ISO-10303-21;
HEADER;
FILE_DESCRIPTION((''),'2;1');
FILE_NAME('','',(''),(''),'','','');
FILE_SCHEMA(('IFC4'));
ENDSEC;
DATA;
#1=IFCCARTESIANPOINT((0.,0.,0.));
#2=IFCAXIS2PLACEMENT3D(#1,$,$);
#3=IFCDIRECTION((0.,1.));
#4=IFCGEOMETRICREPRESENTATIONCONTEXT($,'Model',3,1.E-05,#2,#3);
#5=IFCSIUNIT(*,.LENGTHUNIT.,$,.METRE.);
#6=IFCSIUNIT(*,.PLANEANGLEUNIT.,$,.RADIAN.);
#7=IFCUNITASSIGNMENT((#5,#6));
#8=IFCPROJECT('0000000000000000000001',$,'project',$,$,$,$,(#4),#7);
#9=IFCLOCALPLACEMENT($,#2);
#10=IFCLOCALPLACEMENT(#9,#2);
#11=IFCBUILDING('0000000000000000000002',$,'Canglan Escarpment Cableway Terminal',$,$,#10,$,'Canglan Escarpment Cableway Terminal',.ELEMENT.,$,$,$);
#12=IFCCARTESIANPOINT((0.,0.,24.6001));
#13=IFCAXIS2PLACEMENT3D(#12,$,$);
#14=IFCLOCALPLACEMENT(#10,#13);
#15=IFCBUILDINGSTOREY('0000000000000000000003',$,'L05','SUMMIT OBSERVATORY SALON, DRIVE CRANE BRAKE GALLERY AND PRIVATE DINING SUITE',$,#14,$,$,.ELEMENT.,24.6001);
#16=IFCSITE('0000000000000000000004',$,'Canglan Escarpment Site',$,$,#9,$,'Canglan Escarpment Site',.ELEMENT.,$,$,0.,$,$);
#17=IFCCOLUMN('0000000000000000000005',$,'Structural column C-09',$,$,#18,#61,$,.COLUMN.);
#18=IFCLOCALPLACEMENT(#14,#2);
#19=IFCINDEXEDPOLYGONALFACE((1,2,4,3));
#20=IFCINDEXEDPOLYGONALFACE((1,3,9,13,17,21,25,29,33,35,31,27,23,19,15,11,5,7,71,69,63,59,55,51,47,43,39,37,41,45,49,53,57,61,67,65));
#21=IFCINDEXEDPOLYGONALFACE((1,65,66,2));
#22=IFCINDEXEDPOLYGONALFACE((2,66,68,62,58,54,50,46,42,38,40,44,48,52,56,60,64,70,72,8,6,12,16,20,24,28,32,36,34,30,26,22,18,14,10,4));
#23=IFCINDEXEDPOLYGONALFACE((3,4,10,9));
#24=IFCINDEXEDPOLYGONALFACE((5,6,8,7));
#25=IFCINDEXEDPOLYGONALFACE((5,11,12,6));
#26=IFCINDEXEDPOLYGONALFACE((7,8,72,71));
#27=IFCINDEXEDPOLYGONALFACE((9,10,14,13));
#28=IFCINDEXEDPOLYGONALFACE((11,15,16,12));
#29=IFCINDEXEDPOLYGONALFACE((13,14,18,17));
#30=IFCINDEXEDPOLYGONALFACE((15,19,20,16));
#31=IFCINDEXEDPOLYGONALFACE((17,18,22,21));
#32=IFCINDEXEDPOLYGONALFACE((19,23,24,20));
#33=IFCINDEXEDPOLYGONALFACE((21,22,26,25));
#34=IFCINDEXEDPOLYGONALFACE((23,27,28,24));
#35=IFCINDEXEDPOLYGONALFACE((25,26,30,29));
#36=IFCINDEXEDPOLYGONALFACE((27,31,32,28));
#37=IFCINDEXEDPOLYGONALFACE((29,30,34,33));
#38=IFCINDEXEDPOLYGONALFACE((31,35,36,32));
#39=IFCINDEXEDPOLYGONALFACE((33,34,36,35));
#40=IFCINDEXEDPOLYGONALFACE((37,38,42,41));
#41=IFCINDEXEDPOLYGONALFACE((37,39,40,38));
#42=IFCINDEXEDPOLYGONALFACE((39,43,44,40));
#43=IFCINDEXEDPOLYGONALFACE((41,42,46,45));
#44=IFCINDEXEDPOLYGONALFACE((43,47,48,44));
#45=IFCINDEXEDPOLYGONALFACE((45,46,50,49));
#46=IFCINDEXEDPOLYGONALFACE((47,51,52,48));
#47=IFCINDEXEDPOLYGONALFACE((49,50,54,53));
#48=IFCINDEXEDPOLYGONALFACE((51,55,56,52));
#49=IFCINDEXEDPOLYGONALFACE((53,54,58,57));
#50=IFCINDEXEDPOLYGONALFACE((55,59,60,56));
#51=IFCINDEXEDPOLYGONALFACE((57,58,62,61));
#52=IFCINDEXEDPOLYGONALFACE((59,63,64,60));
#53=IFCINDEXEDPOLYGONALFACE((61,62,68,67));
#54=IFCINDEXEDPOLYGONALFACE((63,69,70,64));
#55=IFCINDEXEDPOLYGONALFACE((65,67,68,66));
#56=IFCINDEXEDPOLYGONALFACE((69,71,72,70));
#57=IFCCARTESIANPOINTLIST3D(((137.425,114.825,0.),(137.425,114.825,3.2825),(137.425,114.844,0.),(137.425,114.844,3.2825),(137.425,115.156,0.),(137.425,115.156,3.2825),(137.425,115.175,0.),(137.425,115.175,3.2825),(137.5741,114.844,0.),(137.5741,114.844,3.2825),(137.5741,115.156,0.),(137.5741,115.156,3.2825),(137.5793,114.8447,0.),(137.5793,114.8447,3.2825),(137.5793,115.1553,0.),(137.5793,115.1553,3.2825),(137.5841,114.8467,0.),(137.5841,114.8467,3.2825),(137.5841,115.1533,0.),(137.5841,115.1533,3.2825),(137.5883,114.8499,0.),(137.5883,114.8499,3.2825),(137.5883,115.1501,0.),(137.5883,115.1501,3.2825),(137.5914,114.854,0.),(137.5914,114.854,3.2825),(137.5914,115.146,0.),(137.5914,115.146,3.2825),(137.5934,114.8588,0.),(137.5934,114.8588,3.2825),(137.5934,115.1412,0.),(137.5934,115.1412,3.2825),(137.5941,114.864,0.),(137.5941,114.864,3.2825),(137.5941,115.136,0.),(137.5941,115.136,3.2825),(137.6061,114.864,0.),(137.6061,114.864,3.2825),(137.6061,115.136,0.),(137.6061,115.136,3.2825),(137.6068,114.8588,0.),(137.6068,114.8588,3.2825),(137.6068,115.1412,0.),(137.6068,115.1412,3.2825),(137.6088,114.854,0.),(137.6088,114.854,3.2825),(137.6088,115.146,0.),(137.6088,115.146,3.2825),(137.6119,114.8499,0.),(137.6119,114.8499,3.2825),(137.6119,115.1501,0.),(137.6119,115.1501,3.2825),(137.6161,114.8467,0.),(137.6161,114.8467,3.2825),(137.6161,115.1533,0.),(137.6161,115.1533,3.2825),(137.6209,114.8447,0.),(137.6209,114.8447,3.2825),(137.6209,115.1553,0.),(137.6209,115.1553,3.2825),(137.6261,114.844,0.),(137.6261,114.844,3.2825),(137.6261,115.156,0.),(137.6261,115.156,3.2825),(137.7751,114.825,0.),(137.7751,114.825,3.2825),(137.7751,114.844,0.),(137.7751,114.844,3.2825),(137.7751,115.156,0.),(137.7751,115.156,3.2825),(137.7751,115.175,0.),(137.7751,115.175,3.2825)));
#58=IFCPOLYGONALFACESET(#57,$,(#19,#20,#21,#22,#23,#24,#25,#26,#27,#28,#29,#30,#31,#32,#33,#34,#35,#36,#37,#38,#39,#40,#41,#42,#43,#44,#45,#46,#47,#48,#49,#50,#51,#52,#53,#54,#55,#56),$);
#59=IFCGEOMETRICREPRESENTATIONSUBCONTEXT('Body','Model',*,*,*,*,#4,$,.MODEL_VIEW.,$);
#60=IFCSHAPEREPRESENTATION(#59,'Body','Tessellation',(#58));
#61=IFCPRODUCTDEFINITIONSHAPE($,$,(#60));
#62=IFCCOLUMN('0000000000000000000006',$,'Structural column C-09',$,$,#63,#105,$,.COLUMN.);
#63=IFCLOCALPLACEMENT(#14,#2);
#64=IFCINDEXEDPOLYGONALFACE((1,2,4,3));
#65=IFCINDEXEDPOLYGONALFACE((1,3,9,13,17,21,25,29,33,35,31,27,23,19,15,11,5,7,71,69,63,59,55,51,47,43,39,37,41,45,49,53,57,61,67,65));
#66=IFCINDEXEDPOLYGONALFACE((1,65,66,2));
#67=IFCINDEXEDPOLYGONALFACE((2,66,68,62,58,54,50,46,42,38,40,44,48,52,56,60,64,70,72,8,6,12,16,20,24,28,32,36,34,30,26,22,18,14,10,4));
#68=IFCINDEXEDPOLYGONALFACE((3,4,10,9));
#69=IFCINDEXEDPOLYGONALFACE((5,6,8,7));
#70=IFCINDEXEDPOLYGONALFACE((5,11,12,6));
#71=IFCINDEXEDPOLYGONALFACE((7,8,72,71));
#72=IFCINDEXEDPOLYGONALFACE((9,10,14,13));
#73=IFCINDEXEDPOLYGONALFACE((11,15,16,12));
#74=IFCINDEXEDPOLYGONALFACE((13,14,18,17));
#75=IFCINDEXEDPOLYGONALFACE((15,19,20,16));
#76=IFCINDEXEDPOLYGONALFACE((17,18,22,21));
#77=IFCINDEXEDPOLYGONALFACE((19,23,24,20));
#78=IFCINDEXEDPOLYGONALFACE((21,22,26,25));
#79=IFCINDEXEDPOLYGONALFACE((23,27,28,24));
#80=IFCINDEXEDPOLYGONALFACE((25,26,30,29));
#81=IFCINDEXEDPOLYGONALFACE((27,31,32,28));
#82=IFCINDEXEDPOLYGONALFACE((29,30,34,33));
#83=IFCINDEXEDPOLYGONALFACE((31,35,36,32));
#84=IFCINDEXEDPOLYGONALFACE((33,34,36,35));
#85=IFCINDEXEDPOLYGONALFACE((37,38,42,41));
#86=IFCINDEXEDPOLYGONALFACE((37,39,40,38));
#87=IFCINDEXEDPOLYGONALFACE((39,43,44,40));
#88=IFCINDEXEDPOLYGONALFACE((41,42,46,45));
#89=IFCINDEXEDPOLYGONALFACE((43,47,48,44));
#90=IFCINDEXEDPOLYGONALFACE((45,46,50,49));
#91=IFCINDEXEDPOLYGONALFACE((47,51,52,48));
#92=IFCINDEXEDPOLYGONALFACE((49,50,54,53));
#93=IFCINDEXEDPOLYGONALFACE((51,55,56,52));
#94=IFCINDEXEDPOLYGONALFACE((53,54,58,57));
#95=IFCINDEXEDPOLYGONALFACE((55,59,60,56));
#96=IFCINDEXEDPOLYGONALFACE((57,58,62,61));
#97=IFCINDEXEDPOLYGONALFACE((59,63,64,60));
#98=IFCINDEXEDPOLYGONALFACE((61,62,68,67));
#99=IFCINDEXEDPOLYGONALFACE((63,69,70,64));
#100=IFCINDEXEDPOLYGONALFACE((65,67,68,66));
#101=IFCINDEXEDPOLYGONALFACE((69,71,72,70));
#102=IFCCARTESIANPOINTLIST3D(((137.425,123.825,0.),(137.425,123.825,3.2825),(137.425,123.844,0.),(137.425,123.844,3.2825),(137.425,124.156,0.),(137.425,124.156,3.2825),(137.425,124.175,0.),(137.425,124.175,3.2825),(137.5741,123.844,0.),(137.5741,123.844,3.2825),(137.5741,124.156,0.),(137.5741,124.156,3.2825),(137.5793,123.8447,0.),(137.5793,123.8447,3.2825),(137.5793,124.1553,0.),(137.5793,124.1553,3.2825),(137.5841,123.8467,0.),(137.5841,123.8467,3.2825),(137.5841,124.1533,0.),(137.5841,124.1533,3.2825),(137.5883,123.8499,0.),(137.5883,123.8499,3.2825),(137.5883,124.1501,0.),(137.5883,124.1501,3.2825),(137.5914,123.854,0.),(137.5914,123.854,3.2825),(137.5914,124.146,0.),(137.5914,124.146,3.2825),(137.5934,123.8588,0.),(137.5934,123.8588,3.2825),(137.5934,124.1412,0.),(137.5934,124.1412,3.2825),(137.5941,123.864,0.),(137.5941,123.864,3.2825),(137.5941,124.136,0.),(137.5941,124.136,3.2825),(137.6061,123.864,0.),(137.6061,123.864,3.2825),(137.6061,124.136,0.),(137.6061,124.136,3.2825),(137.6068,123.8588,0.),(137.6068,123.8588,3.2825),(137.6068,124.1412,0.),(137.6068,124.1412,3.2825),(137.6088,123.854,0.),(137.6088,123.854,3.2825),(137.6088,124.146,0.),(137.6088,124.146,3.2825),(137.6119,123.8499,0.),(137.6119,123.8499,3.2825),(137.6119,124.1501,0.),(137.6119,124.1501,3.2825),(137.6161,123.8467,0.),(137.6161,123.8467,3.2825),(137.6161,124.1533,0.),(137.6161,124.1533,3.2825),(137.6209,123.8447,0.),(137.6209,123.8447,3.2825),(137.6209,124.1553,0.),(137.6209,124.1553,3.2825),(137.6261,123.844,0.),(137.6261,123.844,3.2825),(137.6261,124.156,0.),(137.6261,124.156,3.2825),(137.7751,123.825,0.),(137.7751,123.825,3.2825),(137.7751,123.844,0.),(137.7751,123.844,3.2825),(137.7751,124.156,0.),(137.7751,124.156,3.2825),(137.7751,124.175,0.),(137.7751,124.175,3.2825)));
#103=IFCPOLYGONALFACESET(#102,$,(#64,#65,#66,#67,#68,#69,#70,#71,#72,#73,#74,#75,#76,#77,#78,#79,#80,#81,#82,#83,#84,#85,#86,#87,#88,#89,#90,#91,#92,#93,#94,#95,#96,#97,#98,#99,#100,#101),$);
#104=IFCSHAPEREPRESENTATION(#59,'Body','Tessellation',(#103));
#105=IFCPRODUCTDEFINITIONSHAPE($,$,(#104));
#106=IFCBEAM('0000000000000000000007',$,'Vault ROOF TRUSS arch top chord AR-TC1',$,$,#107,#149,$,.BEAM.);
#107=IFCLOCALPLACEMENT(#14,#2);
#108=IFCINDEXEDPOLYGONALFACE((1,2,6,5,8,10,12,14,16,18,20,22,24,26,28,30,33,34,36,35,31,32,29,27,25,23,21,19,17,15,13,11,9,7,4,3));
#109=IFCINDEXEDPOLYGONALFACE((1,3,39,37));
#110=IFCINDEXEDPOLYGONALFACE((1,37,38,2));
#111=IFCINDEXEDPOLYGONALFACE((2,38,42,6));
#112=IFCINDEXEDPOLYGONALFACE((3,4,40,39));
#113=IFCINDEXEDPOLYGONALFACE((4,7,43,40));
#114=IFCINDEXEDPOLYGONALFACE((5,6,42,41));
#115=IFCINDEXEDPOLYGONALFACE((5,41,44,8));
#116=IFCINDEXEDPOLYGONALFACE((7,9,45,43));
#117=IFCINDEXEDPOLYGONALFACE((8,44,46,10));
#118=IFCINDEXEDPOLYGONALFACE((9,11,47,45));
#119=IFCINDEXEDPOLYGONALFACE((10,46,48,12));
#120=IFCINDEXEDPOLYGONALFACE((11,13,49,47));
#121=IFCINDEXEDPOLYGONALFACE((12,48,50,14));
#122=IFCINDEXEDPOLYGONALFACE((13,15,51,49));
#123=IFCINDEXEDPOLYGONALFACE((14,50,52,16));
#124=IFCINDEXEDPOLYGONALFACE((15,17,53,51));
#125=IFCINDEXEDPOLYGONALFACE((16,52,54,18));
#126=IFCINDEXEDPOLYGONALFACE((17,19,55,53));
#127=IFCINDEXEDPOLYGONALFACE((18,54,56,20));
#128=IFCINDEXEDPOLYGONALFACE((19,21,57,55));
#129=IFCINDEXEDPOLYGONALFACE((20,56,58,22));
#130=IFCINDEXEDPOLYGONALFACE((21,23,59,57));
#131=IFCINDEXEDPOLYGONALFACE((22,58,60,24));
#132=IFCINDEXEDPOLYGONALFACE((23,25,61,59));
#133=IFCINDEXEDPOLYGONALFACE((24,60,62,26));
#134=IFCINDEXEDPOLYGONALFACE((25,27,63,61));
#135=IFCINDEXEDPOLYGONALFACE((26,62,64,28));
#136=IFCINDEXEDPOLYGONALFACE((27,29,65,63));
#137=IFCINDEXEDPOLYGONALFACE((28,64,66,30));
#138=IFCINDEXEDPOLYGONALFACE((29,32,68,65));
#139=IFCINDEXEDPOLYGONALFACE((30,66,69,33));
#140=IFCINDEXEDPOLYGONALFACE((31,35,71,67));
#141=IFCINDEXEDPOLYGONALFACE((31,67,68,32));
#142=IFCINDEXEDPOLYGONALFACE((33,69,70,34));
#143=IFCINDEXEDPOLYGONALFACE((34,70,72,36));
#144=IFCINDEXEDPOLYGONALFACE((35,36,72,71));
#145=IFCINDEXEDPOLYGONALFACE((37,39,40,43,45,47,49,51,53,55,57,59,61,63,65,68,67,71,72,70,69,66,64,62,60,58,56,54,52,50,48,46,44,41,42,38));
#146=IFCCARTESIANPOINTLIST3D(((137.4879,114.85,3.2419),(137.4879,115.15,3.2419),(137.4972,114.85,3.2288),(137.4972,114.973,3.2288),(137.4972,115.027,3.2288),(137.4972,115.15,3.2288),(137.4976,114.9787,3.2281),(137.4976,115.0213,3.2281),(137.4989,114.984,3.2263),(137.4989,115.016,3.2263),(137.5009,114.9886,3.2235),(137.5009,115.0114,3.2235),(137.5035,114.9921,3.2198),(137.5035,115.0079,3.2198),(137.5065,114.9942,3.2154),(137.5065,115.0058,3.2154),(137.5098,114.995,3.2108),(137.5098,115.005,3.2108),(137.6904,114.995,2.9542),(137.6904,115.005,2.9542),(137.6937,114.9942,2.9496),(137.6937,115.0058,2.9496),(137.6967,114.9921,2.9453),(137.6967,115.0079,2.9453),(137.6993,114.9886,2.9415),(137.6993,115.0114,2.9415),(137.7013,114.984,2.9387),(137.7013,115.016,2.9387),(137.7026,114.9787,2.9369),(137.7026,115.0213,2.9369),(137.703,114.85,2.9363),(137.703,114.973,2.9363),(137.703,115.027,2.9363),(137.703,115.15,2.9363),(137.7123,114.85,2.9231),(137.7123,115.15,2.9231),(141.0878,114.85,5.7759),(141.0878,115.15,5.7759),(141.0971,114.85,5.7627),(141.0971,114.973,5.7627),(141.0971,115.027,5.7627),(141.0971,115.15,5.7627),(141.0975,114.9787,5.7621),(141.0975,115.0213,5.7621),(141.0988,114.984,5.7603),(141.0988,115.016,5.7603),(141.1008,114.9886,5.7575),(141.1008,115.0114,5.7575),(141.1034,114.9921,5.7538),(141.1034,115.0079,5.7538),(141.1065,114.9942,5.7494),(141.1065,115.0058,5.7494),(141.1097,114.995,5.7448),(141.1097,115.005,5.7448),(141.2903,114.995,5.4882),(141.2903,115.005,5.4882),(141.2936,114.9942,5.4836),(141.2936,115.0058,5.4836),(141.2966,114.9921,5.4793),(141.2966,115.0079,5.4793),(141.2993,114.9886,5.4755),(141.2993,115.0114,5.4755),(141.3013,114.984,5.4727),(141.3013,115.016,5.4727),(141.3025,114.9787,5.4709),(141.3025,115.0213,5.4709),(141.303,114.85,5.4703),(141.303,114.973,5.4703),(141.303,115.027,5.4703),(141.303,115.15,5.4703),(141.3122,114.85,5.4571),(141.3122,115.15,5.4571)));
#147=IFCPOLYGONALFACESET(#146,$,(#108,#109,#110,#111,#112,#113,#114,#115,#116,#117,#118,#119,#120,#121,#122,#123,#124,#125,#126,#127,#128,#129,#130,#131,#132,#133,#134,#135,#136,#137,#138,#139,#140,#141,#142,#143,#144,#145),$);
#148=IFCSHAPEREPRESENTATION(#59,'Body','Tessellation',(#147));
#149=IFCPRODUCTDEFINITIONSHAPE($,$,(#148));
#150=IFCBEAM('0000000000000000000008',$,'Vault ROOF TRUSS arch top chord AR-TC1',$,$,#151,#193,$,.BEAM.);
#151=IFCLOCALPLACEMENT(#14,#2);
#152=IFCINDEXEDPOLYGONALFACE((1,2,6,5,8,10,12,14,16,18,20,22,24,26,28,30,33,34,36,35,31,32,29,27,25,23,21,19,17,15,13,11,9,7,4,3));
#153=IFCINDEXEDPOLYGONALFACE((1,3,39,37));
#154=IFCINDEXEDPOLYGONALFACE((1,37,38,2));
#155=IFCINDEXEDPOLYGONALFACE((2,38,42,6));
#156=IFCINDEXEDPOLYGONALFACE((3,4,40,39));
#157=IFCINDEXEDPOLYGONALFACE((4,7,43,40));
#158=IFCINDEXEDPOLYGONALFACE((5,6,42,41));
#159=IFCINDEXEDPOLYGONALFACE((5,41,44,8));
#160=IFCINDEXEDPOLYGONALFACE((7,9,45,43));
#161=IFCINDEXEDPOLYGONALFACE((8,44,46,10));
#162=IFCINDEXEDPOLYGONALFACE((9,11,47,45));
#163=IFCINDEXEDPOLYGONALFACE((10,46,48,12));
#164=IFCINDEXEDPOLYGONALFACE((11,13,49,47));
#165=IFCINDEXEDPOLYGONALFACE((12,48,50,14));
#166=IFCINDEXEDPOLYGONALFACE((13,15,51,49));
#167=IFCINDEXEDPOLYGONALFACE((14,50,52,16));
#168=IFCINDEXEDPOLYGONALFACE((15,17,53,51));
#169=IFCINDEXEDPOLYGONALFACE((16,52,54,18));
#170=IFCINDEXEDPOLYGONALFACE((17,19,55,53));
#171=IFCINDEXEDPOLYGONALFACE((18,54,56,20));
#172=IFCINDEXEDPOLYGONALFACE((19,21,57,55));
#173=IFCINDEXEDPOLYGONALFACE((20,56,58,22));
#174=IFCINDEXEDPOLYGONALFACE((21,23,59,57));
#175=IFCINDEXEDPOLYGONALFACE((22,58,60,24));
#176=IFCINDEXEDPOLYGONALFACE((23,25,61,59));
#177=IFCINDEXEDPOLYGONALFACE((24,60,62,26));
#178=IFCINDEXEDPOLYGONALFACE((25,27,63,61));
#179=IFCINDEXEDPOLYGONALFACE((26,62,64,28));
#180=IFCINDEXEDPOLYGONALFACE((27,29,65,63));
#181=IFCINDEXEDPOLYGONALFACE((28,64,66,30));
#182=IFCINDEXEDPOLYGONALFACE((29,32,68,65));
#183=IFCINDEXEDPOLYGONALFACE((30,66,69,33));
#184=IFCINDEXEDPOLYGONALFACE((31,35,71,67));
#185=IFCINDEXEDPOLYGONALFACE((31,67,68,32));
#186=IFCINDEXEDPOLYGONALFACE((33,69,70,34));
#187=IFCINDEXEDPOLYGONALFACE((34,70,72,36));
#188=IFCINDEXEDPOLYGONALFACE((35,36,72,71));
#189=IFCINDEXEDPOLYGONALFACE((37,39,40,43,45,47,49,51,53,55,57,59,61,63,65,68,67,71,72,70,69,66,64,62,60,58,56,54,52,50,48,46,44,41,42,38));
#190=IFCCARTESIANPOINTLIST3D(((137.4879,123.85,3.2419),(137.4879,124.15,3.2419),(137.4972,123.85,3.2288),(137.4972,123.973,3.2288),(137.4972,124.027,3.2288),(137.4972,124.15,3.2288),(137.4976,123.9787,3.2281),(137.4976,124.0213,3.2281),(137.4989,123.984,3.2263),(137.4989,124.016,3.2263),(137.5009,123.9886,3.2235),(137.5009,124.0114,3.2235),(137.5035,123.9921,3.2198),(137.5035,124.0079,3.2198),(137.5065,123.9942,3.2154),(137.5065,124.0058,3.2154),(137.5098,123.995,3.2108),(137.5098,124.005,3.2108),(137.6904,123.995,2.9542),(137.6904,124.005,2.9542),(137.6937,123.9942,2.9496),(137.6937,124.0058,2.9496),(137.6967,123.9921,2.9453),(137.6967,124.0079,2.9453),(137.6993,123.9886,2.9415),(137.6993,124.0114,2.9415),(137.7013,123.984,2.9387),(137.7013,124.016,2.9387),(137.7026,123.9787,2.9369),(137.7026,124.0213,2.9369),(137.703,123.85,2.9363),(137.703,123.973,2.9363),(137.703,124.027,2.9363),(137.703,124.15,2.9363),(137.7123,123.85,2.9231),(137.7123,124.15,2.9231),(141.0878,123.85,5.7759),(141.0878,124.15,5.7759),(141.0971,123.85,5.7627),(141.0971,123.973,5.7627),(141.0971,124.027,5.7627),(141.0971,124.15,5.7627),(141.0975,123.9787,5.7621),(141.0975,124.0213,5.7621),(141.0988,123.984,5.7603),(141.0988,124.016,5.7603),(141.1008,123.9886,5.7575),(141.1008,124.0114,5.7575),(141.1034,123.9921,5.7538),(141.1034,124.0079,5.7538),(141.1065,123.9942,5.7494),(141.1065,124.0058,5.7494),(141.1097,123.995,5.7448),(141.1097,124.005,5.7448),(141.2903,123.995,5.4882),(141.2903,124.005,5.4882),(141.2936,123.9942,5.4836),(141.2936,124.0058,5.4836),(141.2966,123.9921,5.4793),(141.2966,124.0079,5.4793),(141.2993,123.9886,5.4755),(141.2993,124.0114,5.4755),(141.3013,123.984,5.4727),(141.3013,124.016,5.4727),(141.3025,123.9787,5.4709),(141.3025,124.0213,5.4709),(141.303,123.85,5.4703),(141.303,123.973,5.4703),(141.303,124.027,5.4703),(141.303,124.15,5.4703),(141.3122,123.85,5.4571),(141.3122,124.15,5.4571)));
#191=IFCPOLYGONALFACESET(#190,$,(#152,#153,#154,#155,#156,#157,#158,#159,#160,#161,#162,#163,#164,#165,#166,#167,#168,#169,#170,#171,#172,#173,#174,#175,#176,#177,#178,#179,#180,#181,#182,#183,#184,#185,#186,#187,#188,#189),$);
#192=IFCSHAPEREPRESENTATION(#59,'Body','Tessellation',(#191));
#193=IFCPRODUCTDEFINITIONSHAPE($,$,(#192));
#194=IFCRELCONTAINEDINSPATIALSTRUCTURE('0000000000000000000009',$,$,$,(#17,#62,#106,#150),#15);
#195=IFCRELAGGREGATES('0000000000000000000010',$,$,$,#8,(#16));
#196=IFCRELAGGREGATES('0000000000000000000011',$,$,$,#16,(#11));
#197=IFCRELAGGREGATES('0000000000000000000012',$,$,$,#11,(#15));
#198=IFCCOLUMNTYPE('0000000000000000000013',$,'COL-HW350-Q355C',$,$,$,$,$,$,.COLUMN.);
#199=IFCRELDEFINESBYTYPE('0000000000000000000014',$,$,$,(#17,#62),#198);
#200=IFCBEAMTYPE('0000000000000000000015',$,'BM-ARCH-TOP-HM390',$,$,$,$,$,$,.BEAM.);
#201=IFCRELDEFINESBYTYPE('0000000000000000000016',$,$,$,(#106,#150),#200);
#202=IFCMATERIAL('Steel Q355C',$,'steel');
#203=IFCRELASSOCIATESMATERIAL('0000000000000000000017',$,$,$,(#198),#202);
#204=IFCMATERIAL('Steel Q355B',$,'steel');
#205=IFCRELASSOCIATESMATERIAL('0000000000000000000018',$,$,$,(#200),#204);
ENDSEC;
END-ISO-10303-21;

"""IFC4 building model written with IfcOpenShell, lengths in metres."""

from ifc_helpers import new_model, si_unit, direction, frame, origin, origin_2d, place, context, subcontext, project, spatial, i_section, extrude, material, material_profile, profile_set, type_object, element, save


model = new_model("IFC4")

# Units and contexts
model_context = context("Model", 3, precision=1e-05, world=origin(), true_north=direction((0.0, 1.0)))
body_context = subcontext(model_context, "Body", "Model", "MODEL_VIEW")
ifc_project = project(units=[si_unit("LENGTHUNIT", "METRE"), si_unit("PLANEANGLEUNIT", "RADIAN")], contexts=[model_context])

# Site, building, storey
site_placement = place(None, origin())
site = spatial("IfcSite", under=ifc_project, at=site_placement, Name="Canglan Escarpment Site", LongName="Canglan Escarpment Site", CompositionType="ELEMENT", RefElevation=0.0)
building_placement = place(site_placement, origin())
building = spatial("IfcBuilding", under=site, at=building_placement, Name="Canglan Escarpment Cableway Terminal", LongName="Canglan Escarpment Cableway Terminal", CompositionType="ELEMENT")
storey_placement = place(building_placement, frame((0.0, 0.0, 24.6001)))
storey = spatial("IfcBuildingStorey", under=building, at=storey_placement, Name="L05", Description="SUMMIT OBSERVATORY SALON, DRIVE CRANE BRAKE GALLERY AND PRIVATE DINING SUITE", CompositionType="ELEMENT", Elevation=24.6001)

# Columns
ifc_material_1 = material(Name="Steel Q355C", Category="steel")
ifc_material_profile_1 = material_profile(ifc_material_1, i_section(OverallWidth=0.3501, OverallDepth=0.3501, WebThickness=0.012, FlangeThickness=0.019, FilletRadius=0.02, at=origin_2d()), Name="HW 350x350x12x19")
ifc_profile_set_1 = profile_set([ifc_material_profile_1], Name="Steel Q355C")
column_type = type_object("IfcColumnType", Name="COL-HW350-Q355C", PredefinedType="COLUMN", material=ifc_profile_set_1)
for number, where, z_axis, x_axis, name in (
    (1, (137.6001, 115.0, 0.0), (0.0, 0.0, 1.0), (1.0, 0.0, 0.0), "Structural column C-09"),
    (2, (137.6001, 124.0, 0.0), (0.0, 0.0, 1.0), (1.0, 0.0, 0.0), "Structural column C-09"),
):
    element("IfcColumn", number, at=place(storey_placement, frame(where, z_axis=z_axis, x_axis=x_axis)), inside=storey, type_object=column_type, Name=name, PredefinedType="COLUMN", context=body_context, shape_type="SweptSolid", body=[
        extrude(i_section(OverallWidth=0.3501, OverallDepth=0.3501, WebThickness=0.012, FlangeThickness=0.019, FilletRadius=0.02, at=origin_2d()), origin(), (0.0, 0.0, 1.0), 3.2825),
    ])

# Beams
ifc_material_2 = material(Name="Steel Q355B", Category="steel")
ifc_material_profile_2 = material_profile(ifc_material_2, i_section(OverallWidth=0.3, OverallDepth=0.3899, WebThickness=0.01, FlangeThickness=0.0161, FilletRadius=0.022, at=origin_2d()), Name="HM 390x300x10x16")
ifc_profile_set_2 = profile_set([ifc_material_profile_2], Name="Steel Q355B")
beam_type_1 = type_object("IfcBeamType", Name="BM-ARCH-TOP-HM390", PredefinedType="BEAM", material=ifc_profile_set_2)
for number, where, z_axis, x_axis, name in (
    (3, (137.6001, 115.0, 3.0825), (0.817731, 0.0, 0.575601), (0.0, 1.0, 0.0), "Vault ROOF TRUSS arch top chord AR-TC1"),
    (4, (137.6001, 124.0, 3.0825), (0.817731, 0.0, 0.575601), (0.0, 1.0, 0.0), "Vault ROOF TRUSS arch top chord AR-TC1"),
):
    element("IfcBeam", number, at=place(storey_placement, frame(where, z_axis=z_axis, x_axis=x_axis)), inside=storey, type_object=beam_type_1, Name=name, PredefinedType="BEAM", context=body_context, shape_type="SweptSolid", body=[
        extrude(i_section(OverallWidth=0.3, OverallDepth=0.3899, WebThickness=0.01, FlangeThickness=0.0161, FilletRadius=0.022, at=origin_2d()), origin(), (0.0, 0.0, 1.0), 4.4023),
    ])

save(model, "model.ifc")
